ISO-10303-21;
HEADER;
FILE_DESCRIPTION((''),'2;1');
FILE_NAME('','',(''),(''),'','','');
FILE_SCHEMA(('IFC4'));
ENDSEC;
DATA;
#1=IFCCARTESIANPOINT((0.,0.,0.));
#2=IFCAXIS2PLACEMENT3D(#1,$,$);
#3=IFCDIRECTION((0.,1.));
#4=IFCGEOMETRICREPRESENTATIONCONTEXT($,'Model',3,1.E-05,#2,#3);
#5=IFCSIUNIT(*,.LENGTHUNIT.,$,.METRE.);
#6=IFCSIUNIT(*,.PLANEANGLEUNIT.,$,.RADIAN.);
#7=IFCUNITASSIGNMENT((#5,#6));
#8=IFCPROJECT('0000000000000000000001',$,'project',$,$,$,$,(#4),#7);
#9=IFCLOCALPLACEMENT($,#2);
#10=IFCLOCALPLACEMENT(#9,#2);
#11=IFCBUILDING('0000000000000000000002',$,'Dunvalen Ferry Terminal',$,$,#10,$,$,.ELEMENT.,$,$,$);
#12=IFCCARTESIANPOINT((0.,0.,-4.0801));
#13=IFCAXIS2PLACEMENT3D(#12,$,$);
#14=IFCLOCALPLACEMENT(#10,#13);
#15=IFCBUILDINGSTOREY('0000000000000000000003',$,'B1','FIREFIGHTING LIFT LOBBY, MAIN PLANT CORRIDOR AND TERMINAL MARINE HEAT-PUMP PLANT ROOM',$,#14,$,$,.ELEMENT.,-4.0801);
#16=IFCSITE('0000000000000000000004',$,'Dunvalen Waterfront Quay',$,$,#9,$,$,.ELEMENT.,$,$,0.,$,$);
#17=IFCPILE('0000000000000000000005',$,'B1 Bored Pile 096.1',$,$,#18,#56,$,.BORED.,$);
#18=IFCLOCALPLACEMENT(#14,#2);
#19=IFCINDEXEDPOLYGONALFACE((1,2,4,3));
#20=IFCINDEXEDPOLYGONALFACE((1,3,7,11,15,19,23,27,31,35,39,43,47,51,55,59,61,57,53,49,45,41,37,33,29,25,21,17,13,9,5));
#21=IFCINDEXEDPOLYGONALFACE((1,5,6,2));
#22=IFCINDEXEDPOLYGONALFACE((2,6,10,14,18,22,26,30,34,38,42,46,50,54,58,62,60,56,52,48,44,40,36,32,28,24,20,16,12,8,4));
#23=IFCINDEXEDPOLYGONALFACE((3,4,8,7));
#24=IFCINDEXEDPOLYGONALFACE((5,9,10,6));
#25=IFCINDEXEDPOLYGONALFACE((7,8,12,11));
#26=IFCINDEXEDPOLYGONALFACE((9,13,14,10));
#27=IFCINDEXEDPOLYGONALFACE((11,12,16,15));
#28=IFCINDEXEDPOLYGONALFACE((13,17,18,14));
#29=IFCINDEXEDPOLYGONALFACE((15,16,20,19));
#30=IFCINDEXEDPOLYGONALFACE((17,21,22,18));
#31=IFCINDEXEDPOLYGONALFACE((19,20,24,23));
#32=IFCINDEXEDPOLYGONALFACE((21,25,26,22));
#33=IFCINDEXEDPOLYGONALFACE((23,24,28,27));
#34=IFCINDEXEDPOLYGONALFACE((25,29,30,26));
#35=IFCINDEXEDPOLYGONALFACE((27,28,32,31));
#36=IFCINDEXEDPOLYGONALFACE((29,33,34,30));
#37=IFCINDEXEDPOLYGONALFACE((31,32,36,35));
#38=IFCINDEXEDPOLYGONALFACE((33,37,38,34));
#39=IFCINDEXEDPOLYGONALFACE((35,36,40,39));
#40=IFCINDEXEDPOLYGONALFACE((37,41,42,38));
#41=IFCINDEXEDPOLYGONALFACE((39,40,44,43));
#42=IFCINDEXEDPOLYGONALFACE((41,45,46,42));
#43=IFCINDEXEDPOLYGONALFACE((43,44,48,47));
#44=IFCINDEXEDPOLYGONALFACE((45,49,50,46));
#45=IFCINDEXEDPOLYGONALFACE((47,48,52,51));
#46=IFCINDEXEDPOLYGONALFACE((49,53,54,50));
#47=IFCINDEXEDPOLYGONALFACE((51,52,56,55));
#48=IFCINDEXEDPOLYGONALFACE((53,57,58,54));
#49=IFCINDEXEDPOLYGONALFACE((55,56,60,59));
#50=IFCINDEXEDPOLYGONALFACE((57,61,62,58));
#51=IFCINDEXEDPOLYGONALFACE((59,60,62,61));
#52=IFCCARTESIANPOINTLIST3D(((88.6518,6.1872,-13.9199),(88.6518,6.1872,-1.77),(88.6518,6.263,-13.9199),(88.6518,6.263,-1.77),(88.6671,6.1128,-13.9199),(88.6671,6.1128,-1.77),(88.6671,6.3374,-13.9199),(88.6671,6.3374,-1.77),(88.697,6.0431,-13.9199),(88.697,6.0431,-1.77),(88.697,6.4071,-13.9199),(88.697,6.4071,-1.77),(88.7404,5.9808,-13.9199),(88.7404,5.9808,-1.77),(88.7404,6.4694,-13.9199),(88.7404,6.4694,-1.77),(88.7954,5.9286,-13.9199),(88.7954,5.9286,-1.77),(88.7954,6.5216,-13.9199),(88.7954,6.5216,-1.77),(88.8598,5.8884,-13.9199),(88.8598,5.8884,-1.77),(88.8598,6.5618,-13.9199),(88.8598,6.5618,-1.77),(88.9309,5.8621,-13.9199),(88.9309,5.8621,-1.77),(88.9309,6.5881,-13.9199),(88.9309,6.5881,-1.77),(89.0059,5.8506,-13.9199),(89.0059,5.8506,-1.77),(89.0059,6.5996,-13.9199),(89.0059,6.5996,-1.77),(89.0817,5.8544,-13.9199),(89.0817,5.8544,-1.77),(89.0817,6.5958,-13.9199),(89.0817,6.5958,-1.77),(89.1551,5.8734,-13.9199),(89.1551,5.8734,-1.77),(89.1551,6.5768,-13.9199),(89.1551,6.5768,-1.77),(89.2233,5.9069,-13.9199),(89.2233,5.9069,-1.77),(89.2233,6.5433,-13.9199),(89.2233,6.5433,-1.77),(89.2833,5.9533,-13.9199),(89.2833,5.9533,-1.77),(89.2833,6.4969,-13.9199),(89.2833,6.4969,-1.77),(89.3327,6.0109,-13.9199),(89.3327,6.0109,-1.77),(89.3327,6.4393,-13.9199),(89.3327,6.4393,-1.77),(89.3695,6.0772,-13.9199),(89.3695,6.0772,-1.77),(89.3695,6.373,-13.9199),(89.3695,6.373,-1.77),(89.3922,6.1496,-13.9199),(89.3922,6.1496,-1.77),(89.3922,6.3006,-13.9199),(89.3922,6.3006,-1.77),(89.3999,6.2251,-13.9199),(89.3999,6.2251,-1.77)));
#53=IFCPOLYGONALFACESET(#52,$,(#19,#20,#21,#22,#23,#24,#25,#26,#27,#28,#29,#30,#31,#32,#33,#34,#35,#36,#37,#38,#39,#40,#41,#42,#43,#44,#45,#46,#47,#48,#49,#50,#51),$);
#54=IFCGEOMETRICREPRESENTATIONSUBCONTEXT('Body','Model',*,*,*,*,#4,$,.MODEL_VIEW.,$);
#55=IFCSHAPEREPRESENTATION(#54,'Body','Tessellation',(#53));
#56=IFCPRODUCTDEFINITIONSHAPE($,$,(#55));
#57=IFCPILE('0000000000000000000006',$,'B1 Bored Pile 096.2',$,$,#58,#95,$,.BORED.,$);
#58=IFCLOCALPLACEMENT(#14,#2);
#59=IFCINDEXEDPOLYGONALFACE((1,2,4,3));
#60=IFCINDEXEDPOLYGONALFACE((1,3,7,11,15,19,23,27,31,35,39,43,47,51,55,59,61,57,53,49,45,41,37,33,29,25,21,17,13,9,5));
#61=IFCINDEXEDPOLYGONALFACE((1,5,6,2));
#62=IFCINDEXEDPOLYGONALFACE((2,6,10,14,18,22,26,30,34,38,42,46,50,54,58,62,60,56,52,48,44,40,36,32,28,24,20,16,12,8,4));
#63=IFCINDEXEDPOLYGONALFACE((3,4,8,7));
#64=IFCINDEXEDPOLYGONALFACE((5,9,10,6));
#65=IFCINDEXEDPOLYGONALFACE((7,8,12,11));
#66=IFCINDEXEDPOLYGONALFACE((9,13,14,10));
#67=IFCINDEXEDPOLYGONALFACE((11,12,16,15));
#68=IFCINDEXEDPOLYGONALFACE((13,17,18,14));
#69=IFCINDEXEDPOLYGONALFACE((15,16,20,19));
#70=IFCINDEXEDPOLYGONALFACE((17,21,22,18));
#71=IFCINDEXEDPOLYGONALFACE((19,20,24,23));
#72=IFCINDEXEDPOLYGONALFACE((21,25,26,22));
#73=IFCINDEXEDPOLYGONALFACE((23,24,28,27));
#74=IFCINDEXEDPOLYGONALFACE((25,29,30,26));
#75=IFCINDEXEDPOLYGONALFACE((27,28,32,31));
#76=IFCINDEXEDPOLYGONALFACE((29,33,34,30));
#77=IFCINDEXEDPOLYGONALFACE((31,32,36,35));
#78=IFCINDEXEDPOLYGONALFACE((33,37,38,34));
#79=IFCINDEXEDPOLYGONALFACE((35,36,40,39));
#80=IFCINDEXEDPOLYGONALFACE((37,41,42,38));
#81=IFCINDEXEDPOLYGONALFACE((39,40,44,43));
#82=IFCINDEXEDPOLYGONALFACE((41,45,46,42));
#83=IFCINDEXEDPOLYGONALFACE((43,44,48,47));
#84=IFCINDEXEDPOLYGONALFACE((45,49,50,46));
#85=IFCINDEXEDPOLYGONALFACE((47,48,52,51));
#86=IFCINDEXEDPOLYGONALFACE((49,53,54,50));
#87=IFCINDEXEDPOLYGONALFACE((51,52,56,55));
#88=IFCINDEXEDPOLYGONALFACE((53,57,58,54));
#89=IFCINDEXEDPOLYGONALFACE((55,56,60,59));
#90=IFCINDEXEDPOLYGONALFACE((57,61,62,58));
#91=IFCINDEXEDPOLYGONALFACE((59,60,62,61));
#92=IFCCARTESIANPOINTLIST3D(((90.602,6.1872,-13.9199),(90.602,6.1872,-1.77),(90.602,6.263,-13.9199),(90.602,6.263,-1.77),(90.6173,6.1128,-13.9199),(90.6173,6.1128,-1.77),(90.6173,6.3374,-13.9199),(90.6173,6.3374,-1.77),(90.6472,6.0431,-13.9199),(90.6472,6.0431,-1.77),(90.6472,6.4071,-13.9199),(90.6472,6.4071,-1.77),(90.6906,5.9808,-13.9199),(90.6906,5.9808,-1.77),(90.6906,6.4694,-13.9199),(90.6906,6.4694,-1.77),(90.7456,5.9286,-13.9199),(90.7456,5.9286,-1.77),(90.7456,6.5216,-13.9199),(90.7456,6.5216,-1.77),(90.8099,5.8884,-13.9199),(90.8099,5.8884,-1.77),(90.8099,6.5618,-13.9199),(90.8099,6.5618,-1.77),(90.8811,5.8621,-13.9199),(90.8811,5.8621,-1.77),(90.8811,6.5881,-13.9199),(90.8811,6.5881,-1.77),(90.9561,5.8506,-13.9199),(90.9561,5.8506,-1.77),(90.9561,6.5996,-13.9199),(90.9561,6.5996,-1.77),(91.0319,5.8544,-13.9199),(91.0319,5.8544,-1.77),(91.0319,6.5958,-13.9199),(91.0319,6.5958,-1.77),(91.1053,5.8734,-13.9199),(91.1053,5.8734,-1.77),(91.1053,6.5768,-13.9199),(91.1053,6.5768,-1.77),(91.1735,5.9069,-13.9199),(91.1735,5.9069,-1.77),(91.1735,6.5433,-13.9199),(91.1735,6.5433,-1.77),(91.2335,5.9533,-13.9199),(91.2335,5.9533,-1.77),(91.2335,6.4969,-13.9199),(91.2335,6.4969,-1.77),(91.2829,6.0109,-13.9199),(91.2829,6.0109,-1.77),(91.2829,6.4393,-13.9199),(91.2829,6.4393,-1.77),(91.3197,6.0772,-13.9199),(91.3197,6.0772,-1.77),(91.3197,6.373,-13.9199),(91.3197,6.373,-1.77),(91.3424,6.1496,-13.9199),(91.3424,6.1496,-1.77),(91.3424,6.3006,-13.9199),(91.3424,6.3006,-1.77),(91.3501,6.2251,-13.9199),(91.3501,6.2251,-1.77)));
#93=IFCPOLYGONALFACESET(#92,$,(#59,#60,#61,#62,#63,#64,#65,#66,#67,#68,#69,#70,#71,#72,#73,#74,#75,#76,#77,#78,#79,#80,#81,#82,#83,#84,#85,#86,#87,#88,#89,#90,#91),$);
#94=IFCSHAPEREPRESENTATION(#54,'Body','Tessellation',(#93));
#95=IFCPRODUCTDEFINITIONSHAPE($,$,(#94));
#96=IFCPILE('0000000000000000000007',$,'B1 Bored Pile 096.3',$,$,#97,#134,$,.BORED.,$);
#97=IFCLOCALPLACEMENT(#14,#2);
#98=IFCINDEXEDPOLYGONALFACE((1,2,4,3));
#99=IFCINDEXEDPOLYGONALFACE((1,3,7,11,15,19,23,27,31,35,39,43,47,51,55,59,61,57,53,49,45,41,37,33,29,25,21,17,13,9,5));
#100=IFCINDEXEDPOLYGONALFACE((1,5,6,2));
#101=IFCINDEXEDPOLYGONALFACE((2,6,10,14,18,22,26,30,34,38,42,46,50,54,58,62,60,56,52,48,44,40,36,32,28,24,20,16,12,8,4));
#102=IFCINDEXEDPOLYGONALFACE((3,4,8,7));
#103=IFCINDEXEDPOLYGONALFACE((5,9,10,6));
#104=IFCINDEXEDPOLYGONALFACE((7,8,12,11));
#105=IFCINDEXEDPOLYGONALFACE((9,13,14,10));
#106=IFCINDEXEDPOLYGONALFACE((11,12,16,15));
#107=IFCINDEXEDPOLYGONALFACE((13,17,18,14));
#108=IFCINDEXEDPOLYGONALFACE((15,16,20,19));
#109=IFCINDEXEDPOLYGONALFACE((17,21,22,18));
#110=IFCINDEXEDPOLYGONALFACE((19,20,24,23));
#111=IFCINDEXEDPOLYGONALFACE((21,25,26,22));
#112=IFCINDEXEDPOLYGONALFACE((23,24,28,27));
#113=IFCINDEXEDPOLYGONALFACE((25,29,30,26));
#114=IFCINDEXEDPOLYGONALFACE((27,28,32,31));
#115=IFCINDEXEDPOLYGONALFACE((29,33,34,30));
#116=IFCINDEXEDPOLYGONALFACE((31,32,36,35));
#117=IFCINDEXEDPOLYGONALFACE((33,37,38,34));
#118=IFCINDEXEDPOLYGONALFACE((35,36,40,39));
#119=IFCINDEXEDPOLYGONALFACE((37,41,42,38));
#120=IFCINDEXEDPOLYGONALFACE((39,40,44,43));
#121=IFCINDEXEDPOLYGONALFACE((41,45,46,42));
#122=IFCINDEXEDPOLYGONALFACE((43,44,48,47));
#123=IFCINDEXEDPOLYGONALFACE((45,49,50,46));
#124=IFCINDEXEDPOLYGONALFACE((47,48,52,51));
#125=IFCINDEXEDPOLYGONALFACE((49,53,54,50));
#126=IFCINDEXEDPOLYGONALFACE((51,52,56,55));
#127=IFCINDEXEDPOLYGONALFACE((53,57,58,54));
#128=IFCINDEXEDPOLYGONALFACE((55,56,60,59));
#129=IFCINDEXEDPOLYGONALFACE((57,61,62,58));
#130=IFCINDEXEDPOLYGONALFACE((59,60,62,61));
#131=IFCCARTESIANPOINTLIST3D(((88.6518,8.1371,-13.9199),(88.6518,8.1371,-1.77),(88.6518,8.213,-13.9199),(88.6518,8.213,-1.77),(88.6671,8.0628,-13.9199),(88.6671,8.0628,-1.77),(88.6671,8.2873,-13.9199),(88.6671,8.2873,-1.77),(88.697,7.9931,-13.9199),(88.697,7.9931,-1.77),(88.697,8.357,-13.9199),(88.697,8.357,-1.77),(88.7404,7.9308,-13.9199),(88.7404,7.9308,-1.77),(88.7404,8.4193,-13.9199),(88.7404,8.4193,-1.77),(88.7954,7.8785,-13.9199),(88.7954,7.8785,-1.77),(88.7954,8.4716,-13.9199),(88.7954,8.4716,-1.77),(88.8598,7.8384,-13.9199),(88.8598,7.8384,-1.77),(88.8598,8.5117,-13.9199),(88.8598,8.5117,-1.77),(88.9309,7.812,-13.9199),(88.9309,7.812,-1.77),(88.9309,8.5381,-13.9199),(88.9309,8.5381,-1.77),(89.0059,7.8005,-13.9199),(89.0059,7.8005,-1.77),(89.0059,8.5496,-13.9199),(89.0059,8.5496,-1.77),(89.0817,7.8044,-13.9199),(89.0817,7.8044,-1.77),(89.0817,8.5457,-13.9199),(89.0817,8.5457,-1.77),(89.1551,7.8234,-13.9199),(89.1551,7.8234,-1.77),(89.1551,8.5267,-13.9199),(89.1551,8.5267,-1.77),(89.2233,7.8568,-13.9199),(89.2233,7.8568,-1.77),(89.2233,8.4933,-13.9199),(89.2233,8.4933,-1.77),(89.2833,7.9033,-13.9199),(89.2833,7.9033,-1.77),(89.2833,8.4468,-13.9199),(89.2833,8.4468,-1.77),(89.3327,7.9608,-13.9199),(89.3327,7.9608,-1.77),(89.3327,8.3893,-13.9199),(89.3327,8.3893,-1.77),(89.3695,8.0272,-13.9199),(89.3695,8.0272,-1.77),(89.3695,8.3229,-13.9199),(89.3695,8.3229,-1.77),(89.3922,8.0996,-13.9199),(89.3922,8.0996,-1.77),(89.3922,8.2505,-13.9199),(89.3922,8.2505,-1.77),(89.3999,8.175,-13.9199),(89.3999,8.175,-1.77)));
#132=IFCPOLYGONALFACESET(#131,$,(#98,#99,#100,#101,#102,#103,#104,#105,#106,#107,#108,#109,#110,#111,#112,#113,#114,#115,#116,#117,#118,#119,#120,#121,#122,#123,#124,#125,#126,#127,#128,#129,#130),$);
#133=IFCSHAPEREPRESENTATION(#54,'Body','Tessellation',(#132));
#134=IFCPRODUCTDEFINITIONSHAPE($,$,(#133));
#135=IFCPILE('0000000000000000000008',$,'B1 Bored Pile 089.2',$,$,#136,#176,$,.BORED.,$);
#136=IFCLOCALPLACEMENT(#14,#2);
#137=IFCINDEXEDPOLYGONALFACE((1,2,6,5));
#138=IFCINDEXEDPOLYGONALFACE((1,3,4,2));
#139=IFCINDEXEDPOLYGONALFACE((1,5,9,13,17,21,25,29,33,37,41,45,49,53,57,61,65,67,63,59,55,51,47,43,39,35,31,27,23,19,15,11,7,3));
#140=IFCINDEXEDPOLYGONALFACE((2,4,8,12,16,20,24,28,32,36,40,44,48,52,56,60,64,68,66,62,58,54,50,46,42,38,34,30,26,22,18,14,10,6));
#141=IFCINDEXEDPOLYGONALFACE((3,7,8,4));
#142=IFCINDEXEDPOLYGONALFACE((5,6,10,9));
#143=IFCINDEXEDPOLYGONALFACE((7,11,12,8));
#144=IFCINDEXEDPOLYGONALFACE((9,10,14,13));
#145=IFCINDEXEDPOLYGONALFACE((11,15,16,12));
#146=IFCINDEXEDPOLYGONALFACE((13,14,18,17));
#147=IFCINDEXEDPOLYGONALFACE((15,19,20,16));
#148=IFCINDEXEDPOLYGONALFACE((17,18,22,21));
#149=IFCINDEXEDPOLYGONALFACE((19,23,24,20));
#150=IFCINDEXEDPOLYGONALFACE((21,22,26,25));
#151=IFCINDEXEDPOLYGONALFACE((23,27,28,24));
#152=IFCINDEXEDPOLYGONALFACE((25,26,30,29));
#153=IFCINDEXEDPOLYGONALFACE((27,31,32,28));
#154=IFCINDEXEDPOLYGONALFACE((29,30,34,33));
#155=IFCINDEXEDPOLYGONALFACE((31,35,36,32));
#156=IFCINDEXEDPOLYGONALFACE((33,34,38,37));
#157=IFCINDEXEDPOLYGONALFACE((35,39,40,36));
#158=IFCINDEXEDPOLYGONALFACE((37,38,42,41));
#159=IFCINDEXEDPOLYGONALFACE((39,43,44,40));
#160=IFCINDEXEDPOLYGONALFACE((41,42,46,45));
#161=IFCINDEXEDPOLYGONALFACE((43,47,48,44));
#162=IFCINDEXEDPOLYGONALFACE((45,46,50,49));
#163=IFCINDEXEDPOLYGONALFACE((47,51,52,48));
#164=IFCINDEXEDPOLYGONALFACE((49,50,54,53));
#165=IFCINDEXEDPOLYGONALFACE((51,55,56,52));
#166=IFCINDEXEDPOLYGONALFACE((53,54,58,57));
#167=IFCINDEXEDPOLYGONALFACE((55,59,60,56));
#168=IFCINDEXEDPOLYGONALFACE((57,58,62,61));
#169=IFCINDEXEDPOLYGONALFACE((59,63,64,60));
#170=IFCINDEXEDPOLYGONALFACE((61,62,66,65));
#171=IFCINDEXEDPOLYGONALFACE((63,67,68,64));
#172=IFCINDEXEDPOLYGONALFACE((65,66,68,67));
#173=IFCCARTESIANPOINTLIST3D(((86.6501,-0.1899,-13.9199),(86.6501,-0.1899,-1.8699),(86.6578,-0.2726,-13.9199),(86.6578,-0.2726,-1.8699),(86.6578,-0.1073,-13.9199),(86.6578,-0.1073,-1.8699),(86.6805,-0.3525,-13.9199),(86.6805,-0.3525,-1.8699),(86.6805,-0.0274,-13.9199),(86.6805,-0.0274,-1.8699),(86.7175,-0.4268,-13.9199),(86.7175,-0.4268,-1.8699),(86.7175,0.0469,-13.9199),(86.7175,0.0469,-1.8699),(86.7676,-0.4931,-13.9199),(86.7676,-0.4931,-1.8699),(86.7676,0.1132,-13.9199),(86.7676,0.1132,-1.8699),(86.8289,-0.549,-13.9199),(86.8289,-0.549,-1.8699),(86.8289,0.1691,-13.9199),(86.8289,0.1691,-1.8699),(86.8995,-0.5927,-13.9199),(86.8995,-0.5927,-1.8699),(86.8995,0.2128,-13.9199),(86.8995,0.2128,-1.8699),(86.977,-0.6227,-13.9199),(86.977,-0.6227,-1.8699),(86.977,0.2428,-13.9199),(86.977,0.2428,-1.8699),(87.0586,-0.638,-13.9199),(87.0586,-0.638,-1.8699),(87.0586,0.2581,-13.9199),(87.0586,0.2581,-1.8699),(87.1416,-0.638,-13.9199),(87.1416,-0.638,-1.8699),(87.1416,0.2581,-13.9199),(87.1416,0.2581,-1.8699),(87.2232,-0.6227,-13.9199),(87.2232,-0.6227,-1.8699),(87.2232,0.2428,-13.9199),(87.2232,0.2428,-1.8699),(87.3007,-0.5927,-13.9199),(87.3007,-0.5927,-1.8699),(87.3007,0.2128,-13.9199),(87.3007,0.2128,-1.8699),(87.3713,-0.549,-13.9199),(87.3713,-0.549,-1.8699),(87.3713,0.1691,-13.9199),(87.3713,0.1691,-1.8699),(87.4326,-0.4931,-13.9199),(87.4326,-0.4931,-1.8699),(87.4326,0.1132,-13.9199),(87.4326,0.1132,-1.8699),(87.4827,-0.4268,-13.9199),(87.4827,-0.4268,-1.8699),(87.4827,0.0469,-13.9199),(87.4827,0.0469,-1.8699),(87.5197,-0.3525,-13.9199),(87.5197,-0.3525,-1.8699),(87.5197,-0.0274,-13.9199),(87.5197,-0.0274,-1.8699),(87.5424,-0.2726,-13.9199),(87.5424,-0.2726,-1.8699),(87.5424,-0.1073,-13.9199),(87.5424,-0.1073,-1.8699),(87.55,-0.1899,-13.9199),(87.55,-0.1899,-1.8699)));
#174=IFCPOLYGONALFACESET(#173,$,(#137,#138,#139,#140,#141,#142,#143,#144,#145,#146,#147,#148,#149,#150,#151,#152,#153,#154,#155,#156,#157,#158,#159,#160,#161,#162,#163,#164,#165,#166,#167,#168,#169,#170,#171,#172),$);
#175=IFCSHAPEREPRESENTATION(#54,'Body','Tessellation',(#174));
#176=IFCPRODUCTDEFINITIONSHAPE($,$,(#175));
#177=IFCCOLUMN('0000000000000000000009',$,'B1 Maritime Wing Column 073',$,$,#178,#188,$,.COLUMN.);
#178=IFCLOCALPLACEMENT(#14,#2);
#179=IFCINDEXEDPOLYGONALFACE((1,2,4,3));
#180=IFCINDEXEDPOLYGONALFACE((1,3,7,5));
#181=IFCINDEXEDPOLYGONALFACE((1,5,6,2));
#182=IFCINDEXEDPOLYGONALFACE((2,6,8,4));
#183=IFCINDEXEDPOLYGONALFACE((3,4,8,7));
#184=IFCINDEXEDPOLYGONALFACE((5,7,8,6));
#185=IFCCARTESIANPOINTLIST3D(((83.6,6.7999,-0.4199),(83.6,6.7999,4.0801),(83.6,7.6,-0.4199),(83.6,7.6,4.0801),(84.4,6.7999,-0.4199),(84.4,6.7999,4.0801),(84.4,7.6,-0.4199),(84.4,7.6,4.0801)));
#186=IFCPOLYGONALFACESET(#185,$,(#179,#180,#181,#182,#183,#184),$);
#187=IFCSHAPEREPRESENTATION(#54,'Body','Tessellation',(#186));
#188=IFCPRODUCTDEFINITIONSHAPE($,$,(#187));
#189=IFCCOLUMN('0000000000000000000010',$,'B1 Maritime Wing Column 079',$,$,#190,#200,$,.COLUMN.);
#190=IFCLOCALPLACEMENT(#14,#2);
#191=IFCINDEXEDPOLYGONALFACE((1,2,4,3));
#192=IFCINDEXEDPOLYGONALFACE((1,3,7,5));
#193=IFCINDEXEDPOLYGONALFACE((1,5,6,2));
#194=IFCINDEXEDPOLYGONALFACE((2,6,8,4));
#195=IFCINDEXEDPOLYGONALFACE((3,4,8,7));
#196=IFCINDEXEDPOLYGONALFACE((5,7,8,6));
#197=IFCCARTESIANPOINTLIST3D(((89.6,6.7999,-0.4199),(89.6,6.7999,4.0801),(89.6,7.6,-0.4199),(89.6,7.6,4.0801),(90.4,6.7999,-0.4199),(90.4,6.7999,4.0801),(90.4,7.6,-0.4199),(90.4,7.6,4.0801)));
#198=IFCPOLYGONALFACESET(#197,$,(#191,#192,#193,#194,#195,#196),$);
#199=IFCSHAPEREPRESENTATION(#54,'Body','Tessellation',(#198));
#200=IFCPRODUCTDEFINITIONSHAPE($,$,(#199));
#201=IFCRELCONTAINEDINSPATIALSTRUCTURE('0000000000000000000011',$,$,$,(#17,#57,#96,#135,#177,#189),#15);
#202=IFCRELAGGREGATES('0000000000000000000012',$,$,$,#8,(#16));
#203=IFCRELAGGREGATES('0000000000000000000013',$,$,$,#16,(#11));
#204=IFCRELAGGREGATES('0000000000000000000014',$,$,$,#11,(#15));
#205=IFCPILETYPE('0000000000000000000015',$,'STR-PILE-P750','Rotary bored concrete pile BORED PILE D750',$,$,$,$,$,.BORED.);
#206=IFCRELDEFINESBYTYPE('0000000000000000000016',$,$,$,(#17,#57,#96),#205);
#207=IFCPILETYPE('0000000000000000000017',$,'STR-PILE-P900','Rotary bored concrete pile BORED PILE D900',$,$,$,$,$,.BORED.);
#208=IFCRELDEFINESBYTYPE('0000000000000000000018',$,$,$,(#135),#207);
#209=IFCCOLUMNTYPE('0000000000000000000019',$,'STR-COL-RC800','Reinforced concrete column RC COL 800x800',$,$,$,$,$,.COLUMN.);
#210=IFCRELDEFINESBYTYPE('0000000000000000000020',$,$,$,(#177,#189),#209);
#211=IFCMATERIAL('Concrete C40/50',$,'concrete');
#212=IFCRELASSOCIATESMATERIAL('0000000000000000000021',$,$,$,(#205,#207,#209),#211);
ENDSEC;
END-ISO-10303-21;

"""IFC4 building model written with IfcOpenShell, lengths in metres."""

from ifc_helpers import new_model, si_unit, direction, frame, origin, origin_2d, place, context, subcontext, project, spatial, rectangle, circle, extrude, material, material_profile, profile_set, type_object, element, save


model = new_model("IFC4")

# Units and contexts
model_context = context("Model", 3, precision=1e-05, world=origin(), true_north=direction((0.0, 1.0)))
body_context = subcontext(model_context, "Body", "Model", "MODEL_VIEW")
ifc_project = project(units=[si_unit("LENGTHUNIT", "METRE"), si_unit("PLANEANGLEUNIT", "RADIAN")], contexts=[model_context])

# Site, building, storey
site_placement = place(None, origin())
site = spatial("IfcSite", under=ifc_project, at=site_placement, Name="Dunvalen Waterfront Quay", CompositionType="ELEMENT", RefElevation=0.0)
building_placement = place(site_placement, origin())
building = spatial("IfcBuilding", under=site, at=building_placement, Name="Dunvalen Ferry Terminal", CompositionType="ELEMENT")
storey_placement = place(building_placement, frame((0.0, 0.0, -4.0801)))
storey = spatial("IfcBuildingStorey", under=building, at=storey_placement, Name="B1", Description="FIREFIGHTING LIFT LOBBY, MAIN PLANT CORRIDOR AND TERMINAL MARINE HEAT-PUMP PLANT ROOM", CompositionType="ELEMENT", Elevation=-4.0801)

# Shared definitions
ifc_material_1 = material(Name="Concrete C40/50", Category="concrete")

# Piles
ifc_material_profile_1 = material_profile(ifc_material_1, circle(Radius=0.375, at=origin_2d()), Name="Concrete C40/50")
ifc_profile_set_1 = profile_set([ifc_material_profile_1], Name="Concrete C40/50")
pile_type_1 = type_object("IfcPileType", Name="STR-PILE-P750", Description="Rotary bored concrete pile BORED PILE D750", PredefinedType="BORED", material=ifc_profile_set_1)
for number, where, z_axis, x_axis, name in (
    (1, (89.0249, 6.2251, -1.77), (0.0, 0.0, -1.0), (1.0, 0.0, 0.0), "B1 Bored Pile 096.1"),
    (2, (90.9751, 6.2251, -1.77), (0.0, 0.0, -1.0), (1.0, 0.0, 0.0), "B1 Bored Pile 096.2"),
    (3, (89.0249, 8.175, -1.77), (0.0, 0.0, -1.0), (1.0, 0.0, 0.0), "B1 Bored Pile 096.3"),
):
    element("IfcPile", number, at=place(storey_placement, frame(where, z_axis=z_axis, x_axis=x_axis)), inside=storey, type_object=pile_type_1, Name=name, PredefinedType="BORED", context=body_context, shape_type="SweptSolid", body=[
        extrude(circle(Radius=0.375, at=origin_2d()), origin(), (0.0, 0.0, 1.0), 12.1499),
    ])
ifc_material_profile_2 = material_profile(ifc_material_1, circle(Radius=0.45, at=origin_2d()), Name="Concrete C40/50")
ifc_profile_set_2 = profile_set([ifc_material_profile_2], Name="Concrete C40/50")
pile_type_2 = type_object("IfcPileType", Name="STR-PILE-P900", Description="Rotary bored concrete pile BORED PILE D900", PredefinedType="BORED", material=ifc_profile_set_2)
pile_placement = place(storey_placement, frame((87.1001, -0.1899, -1.8699), z_axis=(0.0, 0.0, -1.0), x_axis=(1.0, 0.0, 0.0)))
element("IfcPile", 4, at=pile_placement, inside=storey, type_object=pile_type_2, Name="B1 Bored Pile 089.2", PredefinedType="BORED", context=body_context, shape_type="SweptSolid", body=[
    extrude(circle(Radius=0.45, at=origin_2d()), origin(), (0.0, 0.0, 1.0), 12.05),
])

# Columns
ifc_material_profile_3 = material_profile(ifc_material_1, rectangle(XDim=0.8, YDim=0.8, at=origin_2d()), Name="Concrete C40/50")
ifc_profile_set_3 = profile_set([ifc_material_profile_3], Name="Concrete C40/50")
column_type_1 = type_object("IfcColumnType", Name="STR-COL-RC800", Description="Reinforced concrete column RC COL 800x800", PredefinedType="COLUMN", material=ifc_profile_set_3)
for number, where, z_axis, x_axis, name in (
    (5, (84.0, 7.2, -0.4199), (0.0, 0.0, 1.0), (1.0, 0.0, 0.0), "B1 Maritime Wing Column 073"),
    (6, (90.0, 7.2, -0.4199), (0.0, 0.0, 1.0), (1.0, 0.0, 0.0), "B1 Maritime Wing Column 079"),
):
    element("IfcColumn", number, at=place(storey_placement, frame(where, z_axis=z_axis, x_axis=x_axis)), inside=storey, type_object=column_type_1, Name=name, PredefinedType="COLUMN", context=body_context, shape_type="SweptSolid", body=[
        extrude(rectangle(XDim=0.8, YDim=0.8, at=origin_2d()), origin(), (0.0, 0.0, 1.0), 4.5),
    ])

save(model, "model.ifc")
